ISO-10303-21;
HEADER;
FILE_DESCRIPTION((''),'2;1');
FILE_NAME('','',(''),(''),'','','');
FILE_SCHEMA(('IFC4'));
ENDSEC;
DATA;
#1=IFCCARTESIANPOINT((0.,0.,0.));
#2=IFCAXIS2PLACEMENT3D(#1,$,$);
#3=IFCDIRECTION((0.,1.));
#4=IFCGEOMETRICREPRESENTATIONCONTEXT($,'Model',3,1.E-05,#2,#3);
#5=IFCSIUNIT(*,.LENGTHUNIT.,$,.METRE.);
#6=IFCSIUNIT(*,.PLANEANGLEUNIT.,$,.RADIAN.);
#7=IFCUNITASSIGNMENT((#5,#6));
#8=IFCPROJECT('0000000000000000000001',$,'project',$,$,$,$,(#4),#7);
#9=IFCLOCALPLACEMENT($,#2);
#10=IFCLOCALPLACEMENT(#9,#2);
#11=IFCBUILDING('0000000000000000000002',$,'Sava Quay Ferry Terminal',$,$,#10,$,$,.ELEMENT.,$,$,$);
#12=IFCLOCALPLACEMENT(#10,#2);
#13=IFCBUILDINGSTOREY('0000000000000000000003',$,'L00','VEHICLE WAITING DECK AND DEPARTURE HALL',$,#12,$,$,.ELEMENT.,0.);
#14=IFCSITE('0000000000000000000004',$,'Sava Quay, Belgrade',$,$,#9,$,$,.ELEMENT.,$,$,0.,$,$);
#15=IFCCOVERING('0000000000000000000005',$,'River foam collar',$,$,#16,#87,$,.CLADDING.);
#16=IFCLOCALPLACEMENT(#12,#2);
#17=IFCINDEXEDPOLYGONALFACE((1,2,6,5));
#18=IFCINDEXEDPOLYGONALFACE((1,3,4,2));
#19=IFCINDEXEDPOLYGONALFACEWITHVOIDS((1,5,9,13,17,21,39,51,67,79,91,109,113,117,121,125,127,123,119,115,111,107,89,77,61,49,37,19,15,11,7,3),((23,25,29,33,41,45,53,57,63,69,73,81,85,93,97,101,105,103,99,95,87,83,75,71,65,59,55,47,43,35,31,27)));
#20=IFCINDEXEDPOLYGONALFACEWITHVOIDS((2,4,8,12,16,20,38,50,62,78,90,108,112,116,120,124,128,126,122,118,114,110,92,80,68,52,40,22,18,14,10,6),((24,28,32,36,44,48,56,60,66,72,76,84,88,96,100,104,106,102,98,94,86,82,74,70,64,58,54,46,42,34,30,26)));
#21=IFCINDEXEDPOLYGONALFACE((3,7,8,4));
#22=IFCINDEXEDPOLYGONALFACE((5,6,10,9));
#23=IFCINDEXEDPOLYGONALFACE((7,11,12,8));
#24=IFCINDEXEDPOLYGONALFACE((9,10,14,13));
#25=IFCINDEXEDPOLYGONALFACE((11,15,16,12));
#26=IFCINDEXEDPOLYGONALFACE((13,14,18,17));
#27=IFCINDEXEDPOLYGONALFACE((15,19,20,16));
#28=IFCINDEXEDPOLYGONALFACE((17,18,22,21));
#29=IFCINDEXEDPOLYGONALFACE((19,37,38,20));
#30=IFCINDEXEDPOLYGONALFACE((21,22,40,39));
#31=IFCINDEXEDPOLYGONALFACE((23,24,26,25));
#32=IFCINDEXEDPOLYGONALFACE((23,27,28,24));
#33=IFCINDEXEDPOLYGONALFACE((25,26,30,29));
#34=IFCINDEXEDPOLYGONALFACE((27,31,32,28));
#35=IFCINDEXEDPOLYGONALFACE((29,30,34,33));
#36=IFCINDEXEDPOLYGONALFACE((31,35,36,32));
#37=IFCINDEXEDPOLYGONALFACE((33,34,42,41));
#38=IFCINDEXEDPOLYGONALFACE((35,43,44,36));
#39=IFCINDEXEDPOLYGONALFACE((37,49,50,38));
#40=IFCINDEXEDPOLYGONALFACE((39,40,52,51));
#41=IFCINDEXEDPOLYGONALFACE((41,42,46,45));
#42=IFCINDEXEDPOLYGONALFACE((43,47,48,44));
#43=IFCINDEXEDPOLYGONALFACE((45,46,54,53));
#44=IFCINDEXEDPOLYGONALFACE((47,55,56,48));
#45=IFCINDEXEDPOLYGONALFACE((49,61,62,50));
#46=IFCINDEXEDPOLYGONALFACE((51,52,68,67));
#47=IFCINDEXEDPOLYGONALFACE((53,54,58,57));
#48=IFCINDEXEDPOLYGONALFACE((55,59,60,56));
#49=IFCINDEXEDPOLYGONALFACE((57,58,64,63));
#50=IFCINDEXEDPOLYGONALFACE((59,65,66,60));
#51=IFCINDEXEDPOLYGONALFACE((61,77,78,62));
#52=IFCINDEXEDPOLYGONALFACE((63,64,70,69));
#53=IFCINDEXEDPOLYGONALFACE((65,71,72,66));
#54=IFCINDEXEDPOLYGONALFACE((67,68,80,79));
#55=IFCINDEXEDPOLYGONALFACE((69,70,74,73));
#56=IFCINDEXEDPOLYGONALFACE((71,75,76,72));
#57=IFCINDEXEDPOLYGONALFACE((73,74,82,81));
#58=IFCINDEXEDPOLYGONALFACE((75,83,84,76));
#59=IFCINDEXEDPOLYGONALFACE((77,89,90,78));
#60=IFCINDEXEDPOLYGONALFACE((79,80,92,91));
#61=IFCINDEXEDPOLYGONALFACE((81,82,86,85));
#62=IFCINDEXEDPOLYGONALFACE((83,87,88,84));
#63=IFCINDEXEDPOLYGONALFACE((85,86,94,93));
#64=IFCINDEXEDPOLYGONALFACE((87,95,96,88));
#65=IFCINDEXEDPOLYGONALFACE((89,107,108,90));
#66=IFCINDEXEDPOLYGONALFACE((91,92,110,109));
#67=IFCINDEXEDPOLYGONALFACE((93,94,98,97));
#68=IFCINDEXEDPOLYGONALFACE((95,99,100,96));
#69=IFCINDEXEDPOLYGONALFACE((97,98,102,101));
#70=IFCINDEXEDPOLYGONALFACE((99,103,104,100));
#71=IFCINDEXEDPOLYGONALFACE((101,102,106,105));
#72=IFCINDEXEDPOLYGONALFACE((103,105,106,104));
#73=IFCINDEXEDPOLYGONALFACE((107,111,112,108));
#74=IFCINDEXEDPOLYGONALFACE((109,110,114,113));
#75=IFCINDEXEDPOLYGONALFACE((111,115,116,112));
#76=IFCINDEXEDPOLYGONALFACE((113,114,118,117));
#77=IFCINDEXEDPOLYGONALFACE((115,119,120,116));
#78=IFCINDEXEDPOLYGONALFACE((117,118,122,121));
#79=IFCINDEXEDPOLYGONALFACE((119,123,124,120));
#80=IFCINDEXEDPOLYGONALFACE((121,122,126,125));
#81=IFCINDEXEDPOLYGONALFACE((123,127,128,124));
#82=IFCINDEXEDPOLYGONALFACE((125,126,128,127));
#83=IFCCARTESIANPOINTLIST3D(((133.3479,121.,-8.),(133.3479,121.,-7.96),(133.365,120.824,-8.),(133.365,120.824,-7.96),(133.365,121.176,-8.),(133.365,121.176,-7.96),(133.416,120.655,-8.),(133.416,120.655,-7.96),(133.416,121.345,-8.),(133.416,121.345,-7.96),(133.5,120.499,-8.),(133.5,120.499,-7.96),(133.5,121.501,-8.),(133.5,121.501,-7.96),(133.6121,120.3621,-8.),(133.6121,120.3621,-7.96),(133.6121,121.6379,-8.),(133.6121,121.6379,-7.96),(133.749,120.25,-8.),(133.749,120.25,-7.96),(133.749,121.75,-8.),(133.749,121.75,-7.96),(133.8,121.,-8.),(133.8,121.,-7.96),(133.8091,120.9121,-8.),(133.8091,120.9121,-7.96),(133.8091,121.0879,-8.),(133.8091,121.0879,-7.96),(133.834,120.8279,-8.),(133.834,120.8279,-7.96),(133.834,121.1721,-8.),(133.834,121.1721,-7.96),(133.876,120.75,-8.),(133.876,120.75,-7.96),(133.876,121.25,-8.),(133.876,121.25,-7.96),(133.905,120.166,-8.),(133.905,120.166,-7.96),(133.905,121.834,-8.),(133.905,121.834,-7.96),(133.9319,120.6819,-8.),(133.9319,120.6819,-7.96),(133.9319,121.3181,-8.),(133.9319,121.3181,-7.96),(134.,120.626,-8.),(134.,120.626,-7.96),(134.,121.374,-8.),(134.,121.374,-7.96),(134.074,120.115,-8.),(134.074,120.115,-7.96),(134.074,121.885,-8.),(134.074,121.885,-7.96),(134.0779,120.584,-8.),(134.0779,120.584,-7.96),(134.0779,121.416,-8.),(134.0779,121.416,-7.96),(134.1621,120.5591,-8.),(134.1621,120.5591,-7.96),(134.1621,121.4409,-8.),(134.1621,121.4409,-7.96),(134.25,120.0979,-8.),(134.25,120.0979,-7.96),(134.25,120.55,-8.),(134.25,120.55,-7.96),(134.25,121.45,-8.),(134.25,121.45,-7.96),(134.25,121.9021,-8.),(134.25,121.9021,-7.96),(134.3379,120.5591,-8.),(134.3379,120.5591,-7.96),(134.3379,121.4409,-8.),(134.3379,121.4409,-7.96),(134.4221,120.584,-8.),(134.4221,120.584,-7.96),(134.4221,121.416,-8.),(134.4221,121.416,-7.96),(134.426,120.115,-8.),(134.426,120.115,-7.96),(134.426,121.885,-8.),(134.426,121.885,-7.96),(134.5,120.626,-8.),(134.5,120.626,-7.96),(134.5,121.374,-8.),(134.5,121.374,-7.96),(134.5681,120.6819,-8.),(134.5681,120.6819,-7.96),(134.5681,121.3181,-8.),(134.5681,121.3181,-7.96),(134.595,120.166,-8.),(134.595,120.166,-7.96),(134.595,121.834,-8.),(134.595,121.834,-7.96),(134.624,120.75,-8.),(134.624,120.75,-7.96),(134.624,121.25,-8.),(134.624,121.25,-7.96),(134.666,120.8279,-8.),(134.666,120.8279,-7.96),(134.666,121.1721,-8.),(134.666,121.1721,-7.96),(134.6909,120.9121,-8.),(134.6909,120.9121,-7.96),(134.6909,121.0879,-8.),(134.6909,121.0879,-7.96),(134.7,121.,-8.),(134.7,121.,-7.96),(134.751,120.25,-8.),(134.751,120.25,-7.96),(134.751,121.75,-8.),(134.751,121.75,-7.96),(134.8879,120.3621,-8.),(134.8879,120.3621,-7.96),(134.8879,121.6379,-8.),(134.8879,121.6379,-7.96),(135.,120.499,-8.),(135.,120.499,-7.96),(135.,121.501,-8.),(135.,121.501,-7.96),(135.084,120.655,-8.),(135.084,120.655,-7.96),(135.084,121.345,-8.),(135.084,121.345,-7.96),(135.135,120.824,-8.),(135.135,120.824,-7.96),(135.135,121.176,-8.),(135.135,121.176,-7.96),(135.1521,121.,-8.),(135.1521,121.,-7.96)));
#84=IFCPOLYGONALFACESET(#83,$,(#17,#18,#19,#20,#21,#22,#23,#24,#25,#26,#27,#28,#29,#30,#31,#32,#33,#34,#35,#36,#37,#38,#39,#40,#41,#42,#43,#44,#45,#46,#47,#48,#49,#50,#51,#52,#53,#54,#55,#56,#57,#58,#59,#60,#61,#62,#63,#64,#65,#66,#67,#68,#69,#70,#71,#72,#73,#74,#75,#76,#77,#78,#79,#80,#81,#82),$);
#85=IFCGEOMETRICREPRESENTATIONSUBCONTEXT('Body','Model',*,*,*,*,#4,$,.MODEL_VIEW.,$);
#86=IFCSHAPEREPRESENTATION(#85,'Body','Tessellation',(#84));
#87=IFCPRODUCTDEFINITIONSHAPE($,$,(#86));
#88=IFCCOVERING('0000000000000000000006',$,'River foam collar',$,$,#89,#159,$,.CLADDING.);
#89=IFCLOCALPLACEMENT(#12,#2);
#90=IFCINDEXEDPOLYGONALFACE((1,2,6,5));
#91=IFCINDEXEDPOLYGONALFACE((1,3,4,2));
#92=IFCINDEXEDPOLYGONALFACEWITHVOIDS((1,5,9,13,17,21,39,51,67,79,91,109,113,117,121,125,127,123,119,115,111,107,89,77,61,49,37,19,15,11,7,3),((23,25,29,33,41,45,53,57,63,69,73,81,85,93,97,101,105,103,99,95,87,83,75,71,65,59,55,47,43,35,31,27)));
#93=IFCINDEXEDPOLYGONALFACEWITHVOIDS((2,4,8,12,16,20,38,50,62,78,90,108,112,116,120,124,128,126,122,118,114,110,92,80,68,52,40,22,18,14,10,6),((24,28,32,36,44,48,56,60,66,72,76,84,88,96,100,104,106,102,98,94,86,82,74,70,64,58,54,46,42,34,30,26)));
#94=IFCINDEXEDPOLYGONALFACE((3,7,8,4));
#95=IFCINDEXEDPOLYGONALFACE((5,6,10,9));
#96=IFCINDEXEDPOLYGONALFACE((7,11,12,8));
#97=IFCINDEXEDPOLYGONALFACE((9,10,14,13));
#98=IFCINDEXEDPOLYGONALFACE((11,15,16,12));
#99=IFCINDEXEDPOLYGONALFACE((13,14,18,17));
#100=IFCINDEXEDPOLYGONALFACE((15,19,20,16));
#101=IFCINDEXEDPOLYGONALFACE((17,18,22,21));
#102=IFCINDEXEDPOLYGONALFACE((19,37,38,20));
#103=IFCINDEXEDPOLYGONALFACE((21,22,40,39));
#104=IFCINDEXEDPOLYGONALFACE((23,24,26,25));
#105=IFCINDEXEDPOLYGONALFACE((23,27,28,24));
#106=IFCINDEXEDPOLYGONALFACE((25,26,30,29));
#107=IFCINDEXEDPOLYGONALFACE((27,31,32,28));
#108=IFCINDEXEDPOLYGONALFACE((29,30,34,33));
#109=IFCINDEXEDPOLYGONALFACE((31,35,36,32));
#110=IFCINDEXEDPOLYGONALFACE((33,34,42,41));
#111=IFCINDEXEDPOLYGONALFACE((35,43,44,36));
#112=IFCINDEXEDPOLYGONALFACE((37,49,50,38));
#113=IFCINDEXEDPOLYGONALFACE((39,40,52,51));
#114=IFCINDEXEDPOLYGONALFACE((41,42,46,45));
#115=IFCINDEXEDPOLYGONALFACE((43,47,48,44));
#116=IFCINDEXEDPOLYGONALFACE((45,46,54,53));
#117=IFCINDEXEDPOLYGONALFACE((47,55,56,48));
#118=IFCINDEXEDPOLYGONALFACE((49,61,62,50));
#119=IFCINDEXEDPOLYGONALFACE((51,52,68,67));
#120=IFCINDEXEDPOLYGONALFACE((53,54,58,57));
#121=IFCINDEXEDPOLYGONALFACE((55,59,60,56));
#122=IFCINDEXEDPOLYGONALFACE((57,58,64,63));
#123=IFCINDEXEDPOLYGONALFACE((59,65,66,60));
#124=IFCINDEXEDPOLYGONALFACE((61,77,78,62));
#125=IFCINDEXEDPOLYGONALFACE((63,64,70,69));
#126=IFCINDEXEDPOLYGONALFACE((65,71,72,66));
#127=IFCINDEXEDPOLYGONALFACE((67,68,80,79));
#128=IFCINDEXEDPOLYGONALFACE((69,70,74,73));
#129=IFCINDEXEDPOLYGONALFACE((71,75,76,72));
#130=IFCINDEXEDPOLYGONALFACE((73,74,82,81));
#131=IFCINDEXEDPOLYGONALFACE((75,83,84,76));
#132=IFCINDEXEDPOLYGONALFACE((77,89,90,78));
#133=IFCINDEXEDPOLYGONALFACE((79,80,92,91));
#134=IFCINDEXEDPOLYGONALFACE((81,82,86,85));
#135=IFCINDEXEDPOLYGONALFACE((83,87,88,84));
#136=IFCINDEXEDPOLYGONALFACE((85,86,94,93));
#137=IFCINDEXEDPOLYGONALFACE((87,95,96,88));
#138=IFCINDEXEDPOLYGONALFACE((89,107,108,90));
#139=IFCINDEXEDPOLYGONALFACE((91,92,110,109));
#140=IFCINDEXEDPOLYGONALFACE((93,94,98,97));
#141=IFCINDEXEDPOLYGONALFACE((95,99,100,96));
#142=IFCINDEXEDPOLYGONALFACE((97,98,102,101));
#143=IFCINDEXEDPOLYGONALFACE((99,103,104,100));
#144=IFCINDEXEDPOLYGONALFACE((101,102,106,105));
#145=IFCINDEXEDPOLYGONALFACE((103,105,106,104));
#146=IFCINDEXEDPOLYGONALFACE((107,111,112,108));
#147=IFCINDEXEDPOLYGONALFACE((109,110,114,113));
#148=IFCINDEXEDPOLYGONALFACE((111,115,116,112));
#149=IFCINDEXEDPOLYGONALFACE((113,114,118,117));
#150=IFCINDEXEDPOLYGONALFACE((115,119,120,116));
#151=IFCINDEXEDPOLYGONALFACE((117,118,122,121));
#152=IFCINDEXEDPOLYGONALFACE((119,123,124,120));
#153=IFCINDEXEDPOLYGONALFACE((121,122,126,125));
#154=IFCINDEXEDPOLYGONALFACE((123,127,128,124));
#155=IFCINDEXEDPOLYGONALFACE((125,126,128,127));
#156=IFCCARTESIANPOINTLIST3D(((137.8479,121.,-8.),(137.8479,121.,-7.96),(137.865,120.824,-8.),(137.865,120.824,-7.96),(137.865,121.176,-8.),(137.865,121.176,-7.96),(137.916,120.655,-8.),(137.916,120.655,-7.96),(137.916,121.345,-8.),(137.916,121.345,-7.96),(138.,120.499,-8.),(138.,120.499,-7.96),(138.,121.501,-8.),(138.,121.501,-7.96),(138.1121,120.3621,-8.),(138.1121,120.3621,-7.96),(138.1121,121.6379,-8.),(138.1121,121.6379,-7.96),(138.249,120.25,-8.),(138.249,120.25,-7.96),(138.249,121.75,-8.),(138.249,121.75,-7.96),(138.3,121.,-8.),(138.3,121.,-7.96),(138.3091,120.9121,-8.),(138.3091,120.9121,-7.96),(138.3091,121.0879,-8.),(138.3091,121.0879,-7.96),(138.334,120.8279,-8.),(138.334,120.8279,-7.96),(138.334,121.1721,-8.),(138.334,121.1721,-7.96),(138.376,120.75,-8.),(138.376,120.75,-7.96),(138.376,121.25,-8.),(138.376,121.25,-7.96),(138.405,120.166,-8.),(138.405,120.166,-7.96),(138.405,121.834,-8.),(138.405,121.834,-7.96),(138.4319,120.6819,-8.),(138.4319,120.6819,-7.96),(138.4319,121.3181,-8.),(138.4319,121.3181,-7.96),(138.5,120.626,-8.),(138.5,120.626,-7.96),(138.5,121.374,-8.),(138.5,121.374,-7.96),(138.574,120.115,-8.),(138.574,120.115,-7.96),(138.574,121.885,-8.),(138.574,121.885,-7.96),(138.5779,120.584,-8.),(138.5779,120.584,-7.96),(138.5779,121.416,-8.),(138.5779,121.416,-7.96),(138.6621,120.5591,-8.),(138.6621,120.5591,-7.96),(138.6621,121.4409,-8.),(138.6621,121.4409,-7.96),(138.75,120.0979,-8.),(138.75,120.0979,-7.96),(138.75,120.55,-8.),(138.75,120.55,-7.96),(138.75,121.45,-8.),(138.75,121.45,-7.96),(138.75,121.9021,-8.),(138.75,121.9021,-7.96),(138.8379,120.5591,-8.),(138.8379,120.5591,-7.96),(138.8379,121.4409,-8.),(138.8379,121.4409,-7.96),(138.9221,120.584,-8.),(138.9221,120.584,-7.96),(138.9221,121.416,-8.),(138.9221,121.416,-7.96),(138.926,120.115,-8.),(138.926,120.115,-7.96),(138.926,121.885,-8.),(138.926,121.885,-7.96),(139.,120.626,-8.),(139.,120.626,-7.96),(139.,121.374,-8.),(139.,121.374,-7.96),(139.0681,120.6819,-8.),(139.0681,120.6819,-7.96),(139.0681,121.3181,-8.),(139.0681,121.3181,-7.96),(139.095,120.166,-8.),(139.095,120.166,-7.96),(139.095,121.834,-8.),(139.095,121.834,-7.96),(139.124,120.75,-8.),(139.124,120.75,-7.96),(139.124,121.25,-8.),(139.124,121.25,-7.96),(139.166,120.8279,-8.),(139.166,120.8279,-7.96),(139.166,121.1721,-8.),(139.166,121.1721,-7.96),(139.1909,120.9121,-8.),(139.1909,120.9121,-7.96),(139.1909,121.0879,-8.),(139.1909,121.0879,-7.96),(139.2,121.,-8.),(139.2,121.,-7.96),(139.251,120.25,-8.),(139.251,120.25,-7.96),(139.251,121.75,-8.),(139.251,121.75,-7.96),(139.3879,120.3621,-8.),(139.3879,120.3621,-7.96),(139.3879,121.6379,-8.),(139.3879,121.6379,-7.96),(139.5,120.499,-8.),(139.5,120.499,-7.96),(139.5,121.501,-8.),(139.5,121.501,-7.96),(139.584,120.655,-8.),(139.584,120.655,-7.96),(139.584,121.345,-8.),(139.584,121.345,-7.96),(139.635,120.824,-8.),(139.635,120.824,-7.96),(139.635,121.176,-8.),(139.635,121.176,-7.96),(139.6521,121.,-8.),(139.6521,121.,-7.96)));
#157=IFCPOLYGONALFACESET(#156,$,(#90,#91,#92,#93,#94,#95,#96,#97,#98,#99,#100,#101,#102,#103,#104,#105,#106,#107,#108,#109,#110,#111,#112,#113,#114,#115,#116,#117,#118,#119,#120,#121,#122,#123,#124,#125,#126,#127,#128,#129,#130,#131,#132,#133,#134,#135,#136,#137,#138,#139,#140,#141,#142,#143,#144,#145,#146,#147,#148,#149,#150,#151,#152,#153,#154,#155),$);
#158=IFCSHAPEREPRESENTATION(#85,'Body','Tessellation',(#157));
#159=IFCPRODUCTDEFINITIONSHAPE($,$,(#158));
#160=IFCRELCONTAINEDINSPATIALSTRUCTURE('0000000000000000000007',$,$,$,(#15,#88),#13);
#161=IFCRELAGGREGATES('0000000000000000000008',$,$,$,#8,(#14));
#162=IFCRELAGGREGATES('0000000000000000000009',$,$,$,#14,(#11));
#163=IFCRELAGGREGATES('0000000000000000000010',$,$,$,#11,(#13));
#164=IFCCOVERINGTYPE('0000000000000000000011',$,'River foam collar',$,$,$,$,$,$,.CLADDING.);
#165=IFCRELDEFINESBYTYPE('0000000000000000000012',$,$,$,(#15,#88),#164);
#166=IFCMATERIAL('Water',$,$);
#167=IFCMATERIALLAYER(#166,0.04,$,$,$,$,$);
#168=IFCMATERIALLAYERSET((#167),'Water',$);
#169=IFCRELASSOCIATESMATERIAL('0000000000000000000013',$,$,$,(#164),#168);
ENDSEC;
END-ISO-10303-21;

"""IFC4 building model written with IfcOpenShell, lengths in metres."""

from ifc_helpers import new_model, si_unit, direction, frame, origin, place, context, subcontext, project, spatial, polyline, outline, extrude, material, layer, layer_set, type_object, element, save


model = new_model("IFC4")

# Units and contexts
model_context = context("Model", 3, precision=1e-05, world=origin(), true_north=direction((0.0, 1.0)))
body_context = subcontext(model_context, "Body", "Model", "MODEL_VIEW")
ifc_project = project(units=[si_unit("LENGTHUNIT", "METRE"), si_unit("PLANEANGLEUNIT", "RADIAN")], contexts=[model_context])

# Site, building, storey
site_placement = place(None, origin())
site = spatial("IfcSite", under=ifc_project, at=site_placement, Name="Sava Quay, Belgrade", CompositionType="ELEMENT", RefElevation=0.0)
building_placement = place(site_placement, origin())
building = spatial("IfcBuilding", under=site, at=building_placement, Name="Sava Quay Ferry Terminal", CompositionType="ELEMENT")
storey_placement = place(building_placement, origin())
storey = spatial("IfcBuildingStorey", under=building, at=storey_placement, Name="L00", Description="VEHICLE WAITING DECK AND DEPARTURE HALL", CompositionType="ELEMENT", Elevation=0.0)

# Coverings
ifc_material = material(Name="Water")
ifc_layer = layer(ifc_material, 0.04)
ifc_layer_set = layer_set([ifc_layer], Name="Water")
covering_type = type_object("IfcCoveringType", Name="River foam collar", PredefinedType="CLADDING", material=ifc_layer_set)
covering_1_placement = place(storey_placement, frame((0.0, 0.0, -8.0)))
element("IfcCovering", 1, at=covering_1_placement, inside=storey, type_object=covering_type, Name="River foam collar", PredefinedType="CLADDING", context=body_context, shape_type="SweptSolid", body=[
    extrude(outline(polyline([(133.749, 120.25), (133.905, 120.166), (134.074, 120.115), (134.25, 120.0979), (134.426, 120.115), (134.595, 120.166), (134.751, 120.25), (134.8879, 120.3621), (135.0, 120.499), (135.084, 120.655), (135.135, 120.824), (135.1521, 121.0), (135.135, 121.176), (135.084, 121.345), (135.0, 121.501), (134.8879, 121.6379), (134.751, 121.75), (134.595, 121.834), (134.426, 121.885), (134.25, 121.9021), (134.074, 121.885), (133.905, 121.834), (133.749, 121.75), (133.6121, 121.6379), (133.5, 121.501), (133.416, 121.345), (133.365, 121.176), (133.3479, 121.0), (133.365, 120.824), (133.416, 120.655), (133.5, 120.499), (133.6121, 120.3621), (133.749, 120.25)]), holes=[polyline([(134.0, 121.374), (134.0779, 121.416), (134.1621, 121.4409), (134.25, 121.45), (134.3379, 121.4409), (134.4221, 121.416), (134.5, 121.374), (134.5681, 121.3181), (134.624, 121.25), (134.666, 121.1721), (134.6909, 121.0879), (134.7, 121.0), (134.6909, 120.9121), (134.666, 120.8279), (134.624, 120.75), (134.5681, 120.6819), (134.5, 120.626), (134.4221, 120.584), (134.3379, 120.5591), (134.25, 120.55), (134.1621, 120.5591), (134.0779, 120.584), (134.0, 120.626), (133.9319, 120.6819), (133.876, 120.75), (133.834, 120.8279), (133.8091, 120.9121), (133.8, 121.0), (133.8091, 121.0879), (133.834, 121.1721), (133.876, 121.25), (133.9319, 121.3181), (134.0, 121.374)])]), origin(), (0.0, 0.0, 1.0), 0.04),
])
covering_2_placement = place(storey_placement, frame((0.0, 0.0, -8.0)))
element("IfcCovering", 2, at=covering_2_placement, inside=storey, type_object=covering_type, Name="River foam collar", PredefinedType="CLADDING", context=body_context, shape_type="SweptSolid", body=[
    extrude(outline(polyline([(138.1121, 120.3621), (138.249, 120.25), (138.405, 120.166), (138.574, 120.115), (138.75, 120.0979), (138.926, 120.115), (139.095, 120.166), (139.251, 120.25), (139.3879, 120.3621), (139.5, 120.499), (139.584, 120.655), (139.635, 120.824), (139.6521, 121.0), (139.635, 121.176), (139.584, 121.345), (139.5, 121.501), (139.3879, 121.6379), (139.251, 121.75), (139.095, 121.834), (138.926, 121.885), (138.75, 121.9021), (138.574, 121.885), (138.405, 121.834), (138.249, 121.75), (138.1121, 121.6379), (138.0, 121.501), (137.916, 121.345), (137.865, 121.176), (137.8479, 121.0), (137.865, 120.824), (137.916, 120.655), (138.0, 120.499), (138.1121, 120.3621)]), holes=[polyline([(138.4319, 121.3181), (138.5, 121.374), (138.5779, 121.416), (138.6621, 121.4409), (138.75, 121.45), (138.8379, 121.4409), (138.9221, 121.416), (139.0, 121.374), (139.0681, 121.3181), (139.124, 121.25), (139.166, 121.1721), (139.1909, 121.0879), (139.2, 121.0), (139.1909, 120.9121), (139.166, 120.8279), (139.124, 120.75), (139.0681, 120.6819), (139.0, 120.626), (138.9221, 120.584), (138.8379, 120.5591), (138.75, 120.55), (138.6621, 120.5591), (138.5779, 120.584), (138.5, 120.626), (138.4319, 120.6819), (138.376, 120.75), (138.334, 120.8279), (138.3091, 120.9121), (138.3, 121.0), (138.3091, 121.0879), (138.334, 121.1721), (138.376, 121.25), (138.4319, 121.3181)])]), origin(), (0.0, 0.0, 1.0), 0.04),
])

save(model, "model.ifc")
